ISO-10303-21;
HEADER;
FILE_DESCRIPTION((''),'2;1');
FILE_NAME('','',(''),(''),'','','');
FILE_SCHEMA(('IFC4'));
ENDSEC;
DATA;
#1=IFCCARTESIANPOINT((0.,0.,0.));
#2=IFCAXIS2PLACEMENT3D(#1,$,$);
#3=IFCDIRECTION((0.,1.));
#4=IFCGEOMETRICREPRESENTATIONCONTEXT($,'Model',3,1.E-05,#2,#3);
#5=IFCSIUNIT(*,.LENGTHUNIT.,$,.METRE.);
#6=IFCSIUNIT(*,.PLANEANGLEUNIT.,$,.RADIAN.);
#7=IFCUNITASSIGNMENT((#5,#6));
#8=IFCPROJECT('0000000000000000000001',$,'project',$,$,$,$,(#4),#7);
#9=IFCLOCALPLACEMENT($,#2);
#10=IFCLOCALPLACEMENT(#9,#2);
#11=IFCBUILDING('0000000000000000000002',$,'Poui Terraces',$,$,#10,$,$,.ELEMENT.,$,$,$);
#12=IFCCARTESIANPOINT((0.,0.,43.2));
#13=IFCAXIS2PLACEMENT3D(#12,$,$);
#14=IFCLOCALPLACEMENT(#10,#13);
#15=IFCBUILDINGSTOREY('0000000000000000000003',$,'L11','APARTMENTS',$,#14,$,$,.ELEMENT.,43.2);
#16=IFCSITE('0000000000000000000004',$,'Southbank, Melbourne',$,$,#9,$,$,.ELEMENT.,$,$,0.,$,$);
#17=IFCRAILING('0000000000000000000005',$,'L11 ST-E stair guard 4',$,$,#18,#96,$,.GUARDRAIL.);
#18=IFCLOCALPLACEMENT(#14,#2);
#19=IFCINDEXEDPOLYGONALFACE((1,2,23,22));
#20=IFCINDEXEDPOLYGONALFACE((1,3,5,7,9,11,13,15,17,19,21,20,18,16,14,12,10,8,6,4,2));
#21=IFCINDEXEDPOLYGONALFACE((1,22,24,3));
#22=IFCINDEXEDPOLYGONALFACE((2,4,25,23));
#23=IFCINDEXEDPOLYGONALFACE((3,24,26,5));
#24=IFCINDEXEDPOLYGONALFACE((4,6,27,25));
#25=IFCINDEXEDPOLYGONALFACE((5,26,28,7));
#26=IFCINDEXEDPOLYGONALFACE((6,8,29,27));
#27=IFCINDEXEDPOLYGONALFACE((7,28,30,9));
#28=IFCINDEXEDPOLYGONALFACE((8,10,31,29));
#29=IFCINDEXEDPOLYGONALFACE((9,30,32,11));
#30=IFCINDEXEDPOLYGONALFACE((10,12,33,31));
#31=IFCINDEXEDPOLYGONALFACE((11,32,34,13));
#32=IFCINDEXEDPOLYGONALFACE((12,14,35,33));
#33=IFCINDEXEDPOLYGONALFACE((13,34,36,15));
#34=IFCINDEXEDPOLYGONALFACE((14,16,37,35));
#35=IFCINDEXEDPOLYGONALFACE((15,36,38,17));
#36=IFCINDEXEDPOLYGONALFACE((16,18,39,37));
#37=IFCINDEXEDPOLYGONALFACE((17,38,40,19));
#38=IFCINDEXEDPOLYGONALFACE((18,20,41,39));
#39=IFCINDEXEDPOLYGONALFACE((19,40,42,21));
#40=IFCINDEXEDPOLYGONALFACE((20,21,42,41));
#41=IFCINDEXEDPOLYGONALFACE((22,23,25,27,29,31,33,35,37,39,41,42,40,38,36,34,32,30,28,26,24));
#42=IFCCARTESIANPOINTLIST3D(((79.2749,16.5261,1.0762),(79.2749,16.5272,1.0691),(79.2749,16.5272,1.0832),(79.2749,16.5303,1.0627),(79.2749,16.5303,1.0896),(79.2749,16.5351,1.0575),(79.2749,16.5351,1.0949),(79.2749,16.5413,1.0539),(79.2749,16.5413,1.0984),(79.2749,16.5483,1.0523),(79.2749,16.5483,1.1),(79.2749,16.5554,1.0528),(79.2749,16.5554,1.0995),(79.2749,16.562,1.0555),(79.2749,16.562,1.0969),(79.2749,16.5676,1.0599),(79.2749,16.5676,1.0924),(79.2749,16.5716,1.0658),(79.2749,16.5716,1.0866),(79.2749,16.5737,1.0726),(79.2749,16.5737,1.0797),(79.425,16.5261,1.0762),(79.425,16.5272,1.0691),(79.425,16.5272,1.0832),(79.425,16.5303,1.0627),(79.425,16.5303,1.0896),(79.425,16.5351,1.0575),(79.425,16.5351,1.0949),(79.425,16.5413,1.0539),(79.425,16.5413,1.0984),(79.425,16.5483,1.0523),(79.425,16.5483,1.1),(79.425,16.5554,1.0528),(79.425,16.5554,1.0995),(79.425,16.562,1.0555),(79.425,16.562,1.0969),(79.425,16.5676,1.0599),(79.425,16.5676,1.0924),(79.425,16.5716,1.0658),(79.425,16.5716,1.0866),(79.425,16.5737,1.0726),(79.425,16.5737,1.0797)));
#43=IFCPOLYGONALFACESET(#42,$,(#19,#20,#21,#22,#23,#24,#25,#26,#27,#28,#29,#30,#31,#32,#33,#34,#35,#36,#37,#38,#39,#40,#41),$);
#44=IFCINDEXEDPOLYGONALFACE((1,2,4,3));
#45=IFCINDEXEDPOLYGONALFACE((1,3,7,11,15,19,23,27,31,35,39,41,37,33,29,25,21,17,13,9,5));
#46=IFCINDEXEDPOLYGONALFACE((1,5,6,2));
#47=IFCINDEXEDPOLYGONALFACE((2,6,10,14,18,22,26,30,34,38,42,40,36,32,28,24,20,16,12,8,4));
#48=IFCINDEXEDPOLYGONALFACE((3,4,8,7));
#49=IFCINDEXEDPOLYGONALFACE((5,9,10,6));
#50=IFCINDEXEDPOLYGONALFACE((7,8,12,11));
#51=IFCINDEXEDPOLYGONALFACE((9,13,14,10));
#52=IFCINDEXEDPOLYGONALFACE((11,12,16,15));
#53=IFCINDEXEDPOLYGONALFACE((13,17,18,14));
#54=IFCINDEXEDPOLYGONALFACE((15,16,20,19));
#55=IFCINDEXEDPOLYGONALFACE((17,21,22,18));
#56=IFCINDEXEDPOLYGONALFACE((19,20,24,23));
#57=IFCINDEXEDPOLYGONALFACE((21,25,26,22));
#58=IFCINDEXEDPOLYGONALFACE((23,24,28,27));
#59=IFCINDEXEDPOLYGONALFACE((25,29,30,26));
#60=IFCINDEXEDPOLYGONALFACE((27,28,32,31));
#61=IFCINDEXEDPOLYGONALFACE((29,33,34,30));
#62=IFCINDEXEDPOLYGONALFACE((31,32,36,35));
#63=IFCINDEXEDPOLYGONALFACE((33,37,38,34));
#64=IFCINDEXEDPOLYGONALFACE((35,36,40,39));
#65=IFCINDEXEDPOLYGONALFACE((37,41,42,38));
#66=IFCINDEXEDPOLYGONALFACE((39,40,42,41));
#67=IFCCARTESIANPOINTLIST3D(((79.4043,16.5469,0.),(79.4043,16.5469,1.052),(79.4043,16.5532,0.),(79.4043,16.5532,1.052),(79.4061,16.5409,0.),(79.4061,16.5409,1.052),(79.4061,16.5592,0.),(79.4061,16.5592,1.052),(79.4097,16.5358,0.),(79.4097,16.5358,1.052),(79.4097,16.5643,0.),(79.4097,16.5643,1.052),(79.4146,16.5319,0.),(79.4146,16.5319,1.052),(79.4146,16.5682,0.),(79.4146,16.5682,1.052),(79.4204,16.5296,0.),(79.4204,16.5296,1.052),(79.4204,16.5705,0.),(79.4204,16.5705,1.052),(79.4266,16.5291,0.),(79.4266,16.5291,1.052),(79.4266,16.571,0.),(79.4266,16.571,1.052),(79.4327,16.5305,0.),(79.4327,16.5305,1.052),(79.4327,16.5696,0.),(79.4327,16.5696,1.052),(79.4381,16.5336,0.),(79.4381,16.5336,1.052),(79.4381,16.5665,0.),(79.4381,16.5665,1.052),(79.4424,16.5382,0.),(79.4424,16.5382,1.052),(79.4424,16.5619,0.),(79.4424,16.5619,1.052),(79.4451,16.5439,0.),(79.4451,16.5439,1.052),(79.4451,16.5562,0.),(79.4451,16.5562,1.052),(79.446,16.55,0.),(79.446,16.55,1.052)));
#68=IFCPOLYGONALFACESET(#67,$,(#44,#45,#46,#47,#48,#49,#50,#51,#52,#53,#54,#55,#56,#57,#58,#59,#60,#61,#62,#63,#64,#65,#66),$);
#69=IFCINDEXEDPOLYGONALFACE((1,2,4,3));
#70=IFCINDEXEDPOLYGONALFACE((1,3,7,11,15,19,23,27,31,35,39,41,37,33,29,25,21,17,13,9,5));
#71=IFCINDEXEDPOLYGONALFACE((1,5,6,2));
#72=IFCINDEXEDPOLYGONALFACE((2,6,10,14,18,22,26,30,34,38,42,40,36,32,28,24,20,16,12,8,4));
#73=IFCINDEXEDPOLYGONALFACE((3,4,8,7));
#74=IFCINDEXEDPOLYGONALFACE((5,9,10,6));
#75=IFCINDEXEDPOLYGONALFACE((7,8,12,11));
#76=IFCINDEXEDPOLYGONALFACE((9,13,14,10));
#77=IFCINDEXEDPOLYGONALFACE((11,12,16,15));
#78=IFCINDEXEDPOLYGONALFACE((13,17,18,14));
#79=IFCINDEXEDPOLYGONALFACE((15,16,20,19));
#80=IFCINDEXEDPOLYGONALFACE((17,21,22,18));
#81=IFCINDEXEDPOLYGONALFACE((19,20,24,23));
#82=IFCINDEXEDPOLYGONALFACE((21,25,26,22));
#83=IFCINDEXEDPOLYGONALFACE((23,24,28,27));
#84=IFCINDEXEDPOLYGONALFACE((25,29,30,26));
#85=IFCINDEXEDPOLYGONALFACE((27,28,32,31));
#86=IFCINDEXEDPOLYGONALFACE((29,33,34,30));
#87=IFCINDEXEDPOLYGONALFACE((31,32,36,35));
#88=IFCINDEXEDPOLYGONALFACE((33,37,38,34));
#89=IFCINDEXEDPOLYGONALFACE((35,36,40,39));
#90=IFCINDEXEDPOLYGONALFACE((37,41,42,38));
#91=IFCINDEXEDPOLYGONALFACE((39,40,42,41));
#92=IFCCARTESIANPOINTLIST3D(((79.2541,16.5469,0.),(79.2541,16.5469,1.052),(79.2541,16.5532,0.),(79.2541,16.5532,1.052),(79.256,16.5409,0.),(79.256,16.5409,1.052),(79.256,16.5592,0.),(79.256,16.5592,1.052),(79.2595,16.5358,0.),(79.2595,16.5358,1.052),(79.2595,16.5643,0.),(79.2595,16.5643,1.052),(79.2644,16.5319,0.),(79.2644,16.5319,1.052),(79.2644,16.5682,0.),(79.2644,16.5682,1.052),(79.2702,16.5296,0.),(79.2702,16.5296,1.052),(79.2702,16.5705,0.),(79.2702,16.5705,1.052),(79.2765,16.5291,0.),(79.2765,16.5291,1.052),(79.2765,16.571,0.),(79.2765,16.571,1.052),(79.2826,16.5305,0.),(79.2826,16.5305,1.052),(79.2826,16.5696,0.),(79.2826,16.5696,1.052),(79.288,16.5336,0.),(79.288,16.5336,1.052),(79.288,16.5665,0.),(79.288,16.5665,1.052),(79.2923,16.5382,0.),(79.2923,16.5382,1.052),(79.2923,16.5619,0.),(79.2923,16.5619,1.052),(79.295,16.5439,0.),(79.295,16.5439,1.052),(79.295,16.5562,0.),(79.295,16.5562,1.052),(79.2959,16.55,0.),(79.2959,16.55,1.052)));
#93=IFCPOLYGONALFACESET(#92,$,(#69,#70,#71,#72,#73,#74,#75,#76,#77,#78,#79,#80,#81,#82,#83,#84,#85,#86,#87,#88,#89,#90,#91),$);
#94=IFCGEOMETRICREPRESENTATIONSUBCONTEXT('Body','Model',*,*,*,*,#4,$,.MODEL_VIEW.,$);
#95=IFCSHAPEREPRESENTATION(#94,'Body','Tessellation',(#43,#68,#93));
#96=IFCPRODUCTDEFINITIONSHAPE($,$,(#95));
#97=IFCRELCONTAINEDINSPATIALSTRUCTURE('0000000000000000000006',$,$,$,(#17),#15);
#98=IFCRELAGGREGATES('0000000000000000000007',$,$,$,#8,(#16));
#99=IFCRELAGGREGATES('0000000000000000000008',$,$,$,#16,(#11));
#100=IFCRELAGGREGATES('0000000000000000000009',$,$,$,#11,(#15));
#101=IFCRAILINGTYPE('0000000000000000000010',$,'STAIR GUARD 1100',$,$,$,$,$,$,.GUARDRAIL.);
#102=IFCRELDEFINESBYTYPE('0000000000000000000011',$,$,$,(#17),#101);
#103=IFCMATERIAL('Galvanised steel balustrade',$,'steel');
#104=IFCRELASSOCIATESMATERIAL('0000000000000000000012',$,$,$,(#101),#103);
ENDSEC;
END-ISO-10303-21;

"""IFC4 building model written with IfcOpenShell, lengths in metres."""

from ifc_helpers import new_model, si_unit, direction, frame, origin, origin_2d, place, context, subcontext, project, spatial, circle, extrude, material, type_object, element, save


model = new_model("IFC4")

# Units and contexts
model_context = context("Model", 3, precision=1e-05, world=origin(), true_north=direction((0.0, 1.0)))
body_context = subcontext(model_context, "Body", "Model", "MODEL_VIEW")
ifc_project = project(units=[si_unit("LENGTHUNIT", "METRE"), si_unit("PLANEANGLEUNIT", "RADIAN")], contexts=[model_context])

# Site, building, storey
site_placement = place(None, origin())
site = spatial("IfcSite", under=ifc_project, at=site_placement, Name="Southbank, Melbourne", CompositionType="ELEMENT", RefElevation=0.0)
building_placement = place(site_placement, origin())
building = spatial("IfcBuilding", under=site, at=building_placement, Name="Poui Terraces", CompositionType="ELEMENT")
storey_placement = place(building_placement, frame((0.0, 0.0, 43.2)))
storey = spatial("IfcBuildingStorey", under=building, at=storey_placement, Name="L11", Description="APARTMENTS", CompositionType="ELEMENT", Elevation=43.2)

# Railing
ifc_material_1 = material(Name="Galvanised steel balustrade", Category="steel")
railing_type = type_object("IfcRailingType", Name="STAIR GUARD 1100", PredefinedType="GUARDRAIL", material=ifc_material_1)
railing_1_placement = place(storey_placement, frame((79.425, 16.55, 0.0)))
element("IfcRailing", 1, at=railing_1_placement, inside=storey, type_object=railing_type, Name="L11 ST-E stair guard 4", PredefinedType="GUARDRAIL", context=body_context, shape_type="SweptSolid", body=[
    extrude(circle(Radius=0.0239, at=origin_2d()), frame((0.0, 0.0, 1.0762), z_axis=(-1.0, 0.0, 0.0), x_axis=(0.0, -1.0, 0.0)), (0.0, 0.0, 1.0), 0.1501),
    extrude(circle(Radius=0.021, at=origin_2d()), origin(), (0.0, 0.0, 1.0), 1.052),
    extrude(circle(Radius=0.021, at=origin_2d()), frame((-0.1501, 0.0, 0.0)), (0.0, 0.0, 1.0), 1.052),
])

save(model, "model.ifc")
